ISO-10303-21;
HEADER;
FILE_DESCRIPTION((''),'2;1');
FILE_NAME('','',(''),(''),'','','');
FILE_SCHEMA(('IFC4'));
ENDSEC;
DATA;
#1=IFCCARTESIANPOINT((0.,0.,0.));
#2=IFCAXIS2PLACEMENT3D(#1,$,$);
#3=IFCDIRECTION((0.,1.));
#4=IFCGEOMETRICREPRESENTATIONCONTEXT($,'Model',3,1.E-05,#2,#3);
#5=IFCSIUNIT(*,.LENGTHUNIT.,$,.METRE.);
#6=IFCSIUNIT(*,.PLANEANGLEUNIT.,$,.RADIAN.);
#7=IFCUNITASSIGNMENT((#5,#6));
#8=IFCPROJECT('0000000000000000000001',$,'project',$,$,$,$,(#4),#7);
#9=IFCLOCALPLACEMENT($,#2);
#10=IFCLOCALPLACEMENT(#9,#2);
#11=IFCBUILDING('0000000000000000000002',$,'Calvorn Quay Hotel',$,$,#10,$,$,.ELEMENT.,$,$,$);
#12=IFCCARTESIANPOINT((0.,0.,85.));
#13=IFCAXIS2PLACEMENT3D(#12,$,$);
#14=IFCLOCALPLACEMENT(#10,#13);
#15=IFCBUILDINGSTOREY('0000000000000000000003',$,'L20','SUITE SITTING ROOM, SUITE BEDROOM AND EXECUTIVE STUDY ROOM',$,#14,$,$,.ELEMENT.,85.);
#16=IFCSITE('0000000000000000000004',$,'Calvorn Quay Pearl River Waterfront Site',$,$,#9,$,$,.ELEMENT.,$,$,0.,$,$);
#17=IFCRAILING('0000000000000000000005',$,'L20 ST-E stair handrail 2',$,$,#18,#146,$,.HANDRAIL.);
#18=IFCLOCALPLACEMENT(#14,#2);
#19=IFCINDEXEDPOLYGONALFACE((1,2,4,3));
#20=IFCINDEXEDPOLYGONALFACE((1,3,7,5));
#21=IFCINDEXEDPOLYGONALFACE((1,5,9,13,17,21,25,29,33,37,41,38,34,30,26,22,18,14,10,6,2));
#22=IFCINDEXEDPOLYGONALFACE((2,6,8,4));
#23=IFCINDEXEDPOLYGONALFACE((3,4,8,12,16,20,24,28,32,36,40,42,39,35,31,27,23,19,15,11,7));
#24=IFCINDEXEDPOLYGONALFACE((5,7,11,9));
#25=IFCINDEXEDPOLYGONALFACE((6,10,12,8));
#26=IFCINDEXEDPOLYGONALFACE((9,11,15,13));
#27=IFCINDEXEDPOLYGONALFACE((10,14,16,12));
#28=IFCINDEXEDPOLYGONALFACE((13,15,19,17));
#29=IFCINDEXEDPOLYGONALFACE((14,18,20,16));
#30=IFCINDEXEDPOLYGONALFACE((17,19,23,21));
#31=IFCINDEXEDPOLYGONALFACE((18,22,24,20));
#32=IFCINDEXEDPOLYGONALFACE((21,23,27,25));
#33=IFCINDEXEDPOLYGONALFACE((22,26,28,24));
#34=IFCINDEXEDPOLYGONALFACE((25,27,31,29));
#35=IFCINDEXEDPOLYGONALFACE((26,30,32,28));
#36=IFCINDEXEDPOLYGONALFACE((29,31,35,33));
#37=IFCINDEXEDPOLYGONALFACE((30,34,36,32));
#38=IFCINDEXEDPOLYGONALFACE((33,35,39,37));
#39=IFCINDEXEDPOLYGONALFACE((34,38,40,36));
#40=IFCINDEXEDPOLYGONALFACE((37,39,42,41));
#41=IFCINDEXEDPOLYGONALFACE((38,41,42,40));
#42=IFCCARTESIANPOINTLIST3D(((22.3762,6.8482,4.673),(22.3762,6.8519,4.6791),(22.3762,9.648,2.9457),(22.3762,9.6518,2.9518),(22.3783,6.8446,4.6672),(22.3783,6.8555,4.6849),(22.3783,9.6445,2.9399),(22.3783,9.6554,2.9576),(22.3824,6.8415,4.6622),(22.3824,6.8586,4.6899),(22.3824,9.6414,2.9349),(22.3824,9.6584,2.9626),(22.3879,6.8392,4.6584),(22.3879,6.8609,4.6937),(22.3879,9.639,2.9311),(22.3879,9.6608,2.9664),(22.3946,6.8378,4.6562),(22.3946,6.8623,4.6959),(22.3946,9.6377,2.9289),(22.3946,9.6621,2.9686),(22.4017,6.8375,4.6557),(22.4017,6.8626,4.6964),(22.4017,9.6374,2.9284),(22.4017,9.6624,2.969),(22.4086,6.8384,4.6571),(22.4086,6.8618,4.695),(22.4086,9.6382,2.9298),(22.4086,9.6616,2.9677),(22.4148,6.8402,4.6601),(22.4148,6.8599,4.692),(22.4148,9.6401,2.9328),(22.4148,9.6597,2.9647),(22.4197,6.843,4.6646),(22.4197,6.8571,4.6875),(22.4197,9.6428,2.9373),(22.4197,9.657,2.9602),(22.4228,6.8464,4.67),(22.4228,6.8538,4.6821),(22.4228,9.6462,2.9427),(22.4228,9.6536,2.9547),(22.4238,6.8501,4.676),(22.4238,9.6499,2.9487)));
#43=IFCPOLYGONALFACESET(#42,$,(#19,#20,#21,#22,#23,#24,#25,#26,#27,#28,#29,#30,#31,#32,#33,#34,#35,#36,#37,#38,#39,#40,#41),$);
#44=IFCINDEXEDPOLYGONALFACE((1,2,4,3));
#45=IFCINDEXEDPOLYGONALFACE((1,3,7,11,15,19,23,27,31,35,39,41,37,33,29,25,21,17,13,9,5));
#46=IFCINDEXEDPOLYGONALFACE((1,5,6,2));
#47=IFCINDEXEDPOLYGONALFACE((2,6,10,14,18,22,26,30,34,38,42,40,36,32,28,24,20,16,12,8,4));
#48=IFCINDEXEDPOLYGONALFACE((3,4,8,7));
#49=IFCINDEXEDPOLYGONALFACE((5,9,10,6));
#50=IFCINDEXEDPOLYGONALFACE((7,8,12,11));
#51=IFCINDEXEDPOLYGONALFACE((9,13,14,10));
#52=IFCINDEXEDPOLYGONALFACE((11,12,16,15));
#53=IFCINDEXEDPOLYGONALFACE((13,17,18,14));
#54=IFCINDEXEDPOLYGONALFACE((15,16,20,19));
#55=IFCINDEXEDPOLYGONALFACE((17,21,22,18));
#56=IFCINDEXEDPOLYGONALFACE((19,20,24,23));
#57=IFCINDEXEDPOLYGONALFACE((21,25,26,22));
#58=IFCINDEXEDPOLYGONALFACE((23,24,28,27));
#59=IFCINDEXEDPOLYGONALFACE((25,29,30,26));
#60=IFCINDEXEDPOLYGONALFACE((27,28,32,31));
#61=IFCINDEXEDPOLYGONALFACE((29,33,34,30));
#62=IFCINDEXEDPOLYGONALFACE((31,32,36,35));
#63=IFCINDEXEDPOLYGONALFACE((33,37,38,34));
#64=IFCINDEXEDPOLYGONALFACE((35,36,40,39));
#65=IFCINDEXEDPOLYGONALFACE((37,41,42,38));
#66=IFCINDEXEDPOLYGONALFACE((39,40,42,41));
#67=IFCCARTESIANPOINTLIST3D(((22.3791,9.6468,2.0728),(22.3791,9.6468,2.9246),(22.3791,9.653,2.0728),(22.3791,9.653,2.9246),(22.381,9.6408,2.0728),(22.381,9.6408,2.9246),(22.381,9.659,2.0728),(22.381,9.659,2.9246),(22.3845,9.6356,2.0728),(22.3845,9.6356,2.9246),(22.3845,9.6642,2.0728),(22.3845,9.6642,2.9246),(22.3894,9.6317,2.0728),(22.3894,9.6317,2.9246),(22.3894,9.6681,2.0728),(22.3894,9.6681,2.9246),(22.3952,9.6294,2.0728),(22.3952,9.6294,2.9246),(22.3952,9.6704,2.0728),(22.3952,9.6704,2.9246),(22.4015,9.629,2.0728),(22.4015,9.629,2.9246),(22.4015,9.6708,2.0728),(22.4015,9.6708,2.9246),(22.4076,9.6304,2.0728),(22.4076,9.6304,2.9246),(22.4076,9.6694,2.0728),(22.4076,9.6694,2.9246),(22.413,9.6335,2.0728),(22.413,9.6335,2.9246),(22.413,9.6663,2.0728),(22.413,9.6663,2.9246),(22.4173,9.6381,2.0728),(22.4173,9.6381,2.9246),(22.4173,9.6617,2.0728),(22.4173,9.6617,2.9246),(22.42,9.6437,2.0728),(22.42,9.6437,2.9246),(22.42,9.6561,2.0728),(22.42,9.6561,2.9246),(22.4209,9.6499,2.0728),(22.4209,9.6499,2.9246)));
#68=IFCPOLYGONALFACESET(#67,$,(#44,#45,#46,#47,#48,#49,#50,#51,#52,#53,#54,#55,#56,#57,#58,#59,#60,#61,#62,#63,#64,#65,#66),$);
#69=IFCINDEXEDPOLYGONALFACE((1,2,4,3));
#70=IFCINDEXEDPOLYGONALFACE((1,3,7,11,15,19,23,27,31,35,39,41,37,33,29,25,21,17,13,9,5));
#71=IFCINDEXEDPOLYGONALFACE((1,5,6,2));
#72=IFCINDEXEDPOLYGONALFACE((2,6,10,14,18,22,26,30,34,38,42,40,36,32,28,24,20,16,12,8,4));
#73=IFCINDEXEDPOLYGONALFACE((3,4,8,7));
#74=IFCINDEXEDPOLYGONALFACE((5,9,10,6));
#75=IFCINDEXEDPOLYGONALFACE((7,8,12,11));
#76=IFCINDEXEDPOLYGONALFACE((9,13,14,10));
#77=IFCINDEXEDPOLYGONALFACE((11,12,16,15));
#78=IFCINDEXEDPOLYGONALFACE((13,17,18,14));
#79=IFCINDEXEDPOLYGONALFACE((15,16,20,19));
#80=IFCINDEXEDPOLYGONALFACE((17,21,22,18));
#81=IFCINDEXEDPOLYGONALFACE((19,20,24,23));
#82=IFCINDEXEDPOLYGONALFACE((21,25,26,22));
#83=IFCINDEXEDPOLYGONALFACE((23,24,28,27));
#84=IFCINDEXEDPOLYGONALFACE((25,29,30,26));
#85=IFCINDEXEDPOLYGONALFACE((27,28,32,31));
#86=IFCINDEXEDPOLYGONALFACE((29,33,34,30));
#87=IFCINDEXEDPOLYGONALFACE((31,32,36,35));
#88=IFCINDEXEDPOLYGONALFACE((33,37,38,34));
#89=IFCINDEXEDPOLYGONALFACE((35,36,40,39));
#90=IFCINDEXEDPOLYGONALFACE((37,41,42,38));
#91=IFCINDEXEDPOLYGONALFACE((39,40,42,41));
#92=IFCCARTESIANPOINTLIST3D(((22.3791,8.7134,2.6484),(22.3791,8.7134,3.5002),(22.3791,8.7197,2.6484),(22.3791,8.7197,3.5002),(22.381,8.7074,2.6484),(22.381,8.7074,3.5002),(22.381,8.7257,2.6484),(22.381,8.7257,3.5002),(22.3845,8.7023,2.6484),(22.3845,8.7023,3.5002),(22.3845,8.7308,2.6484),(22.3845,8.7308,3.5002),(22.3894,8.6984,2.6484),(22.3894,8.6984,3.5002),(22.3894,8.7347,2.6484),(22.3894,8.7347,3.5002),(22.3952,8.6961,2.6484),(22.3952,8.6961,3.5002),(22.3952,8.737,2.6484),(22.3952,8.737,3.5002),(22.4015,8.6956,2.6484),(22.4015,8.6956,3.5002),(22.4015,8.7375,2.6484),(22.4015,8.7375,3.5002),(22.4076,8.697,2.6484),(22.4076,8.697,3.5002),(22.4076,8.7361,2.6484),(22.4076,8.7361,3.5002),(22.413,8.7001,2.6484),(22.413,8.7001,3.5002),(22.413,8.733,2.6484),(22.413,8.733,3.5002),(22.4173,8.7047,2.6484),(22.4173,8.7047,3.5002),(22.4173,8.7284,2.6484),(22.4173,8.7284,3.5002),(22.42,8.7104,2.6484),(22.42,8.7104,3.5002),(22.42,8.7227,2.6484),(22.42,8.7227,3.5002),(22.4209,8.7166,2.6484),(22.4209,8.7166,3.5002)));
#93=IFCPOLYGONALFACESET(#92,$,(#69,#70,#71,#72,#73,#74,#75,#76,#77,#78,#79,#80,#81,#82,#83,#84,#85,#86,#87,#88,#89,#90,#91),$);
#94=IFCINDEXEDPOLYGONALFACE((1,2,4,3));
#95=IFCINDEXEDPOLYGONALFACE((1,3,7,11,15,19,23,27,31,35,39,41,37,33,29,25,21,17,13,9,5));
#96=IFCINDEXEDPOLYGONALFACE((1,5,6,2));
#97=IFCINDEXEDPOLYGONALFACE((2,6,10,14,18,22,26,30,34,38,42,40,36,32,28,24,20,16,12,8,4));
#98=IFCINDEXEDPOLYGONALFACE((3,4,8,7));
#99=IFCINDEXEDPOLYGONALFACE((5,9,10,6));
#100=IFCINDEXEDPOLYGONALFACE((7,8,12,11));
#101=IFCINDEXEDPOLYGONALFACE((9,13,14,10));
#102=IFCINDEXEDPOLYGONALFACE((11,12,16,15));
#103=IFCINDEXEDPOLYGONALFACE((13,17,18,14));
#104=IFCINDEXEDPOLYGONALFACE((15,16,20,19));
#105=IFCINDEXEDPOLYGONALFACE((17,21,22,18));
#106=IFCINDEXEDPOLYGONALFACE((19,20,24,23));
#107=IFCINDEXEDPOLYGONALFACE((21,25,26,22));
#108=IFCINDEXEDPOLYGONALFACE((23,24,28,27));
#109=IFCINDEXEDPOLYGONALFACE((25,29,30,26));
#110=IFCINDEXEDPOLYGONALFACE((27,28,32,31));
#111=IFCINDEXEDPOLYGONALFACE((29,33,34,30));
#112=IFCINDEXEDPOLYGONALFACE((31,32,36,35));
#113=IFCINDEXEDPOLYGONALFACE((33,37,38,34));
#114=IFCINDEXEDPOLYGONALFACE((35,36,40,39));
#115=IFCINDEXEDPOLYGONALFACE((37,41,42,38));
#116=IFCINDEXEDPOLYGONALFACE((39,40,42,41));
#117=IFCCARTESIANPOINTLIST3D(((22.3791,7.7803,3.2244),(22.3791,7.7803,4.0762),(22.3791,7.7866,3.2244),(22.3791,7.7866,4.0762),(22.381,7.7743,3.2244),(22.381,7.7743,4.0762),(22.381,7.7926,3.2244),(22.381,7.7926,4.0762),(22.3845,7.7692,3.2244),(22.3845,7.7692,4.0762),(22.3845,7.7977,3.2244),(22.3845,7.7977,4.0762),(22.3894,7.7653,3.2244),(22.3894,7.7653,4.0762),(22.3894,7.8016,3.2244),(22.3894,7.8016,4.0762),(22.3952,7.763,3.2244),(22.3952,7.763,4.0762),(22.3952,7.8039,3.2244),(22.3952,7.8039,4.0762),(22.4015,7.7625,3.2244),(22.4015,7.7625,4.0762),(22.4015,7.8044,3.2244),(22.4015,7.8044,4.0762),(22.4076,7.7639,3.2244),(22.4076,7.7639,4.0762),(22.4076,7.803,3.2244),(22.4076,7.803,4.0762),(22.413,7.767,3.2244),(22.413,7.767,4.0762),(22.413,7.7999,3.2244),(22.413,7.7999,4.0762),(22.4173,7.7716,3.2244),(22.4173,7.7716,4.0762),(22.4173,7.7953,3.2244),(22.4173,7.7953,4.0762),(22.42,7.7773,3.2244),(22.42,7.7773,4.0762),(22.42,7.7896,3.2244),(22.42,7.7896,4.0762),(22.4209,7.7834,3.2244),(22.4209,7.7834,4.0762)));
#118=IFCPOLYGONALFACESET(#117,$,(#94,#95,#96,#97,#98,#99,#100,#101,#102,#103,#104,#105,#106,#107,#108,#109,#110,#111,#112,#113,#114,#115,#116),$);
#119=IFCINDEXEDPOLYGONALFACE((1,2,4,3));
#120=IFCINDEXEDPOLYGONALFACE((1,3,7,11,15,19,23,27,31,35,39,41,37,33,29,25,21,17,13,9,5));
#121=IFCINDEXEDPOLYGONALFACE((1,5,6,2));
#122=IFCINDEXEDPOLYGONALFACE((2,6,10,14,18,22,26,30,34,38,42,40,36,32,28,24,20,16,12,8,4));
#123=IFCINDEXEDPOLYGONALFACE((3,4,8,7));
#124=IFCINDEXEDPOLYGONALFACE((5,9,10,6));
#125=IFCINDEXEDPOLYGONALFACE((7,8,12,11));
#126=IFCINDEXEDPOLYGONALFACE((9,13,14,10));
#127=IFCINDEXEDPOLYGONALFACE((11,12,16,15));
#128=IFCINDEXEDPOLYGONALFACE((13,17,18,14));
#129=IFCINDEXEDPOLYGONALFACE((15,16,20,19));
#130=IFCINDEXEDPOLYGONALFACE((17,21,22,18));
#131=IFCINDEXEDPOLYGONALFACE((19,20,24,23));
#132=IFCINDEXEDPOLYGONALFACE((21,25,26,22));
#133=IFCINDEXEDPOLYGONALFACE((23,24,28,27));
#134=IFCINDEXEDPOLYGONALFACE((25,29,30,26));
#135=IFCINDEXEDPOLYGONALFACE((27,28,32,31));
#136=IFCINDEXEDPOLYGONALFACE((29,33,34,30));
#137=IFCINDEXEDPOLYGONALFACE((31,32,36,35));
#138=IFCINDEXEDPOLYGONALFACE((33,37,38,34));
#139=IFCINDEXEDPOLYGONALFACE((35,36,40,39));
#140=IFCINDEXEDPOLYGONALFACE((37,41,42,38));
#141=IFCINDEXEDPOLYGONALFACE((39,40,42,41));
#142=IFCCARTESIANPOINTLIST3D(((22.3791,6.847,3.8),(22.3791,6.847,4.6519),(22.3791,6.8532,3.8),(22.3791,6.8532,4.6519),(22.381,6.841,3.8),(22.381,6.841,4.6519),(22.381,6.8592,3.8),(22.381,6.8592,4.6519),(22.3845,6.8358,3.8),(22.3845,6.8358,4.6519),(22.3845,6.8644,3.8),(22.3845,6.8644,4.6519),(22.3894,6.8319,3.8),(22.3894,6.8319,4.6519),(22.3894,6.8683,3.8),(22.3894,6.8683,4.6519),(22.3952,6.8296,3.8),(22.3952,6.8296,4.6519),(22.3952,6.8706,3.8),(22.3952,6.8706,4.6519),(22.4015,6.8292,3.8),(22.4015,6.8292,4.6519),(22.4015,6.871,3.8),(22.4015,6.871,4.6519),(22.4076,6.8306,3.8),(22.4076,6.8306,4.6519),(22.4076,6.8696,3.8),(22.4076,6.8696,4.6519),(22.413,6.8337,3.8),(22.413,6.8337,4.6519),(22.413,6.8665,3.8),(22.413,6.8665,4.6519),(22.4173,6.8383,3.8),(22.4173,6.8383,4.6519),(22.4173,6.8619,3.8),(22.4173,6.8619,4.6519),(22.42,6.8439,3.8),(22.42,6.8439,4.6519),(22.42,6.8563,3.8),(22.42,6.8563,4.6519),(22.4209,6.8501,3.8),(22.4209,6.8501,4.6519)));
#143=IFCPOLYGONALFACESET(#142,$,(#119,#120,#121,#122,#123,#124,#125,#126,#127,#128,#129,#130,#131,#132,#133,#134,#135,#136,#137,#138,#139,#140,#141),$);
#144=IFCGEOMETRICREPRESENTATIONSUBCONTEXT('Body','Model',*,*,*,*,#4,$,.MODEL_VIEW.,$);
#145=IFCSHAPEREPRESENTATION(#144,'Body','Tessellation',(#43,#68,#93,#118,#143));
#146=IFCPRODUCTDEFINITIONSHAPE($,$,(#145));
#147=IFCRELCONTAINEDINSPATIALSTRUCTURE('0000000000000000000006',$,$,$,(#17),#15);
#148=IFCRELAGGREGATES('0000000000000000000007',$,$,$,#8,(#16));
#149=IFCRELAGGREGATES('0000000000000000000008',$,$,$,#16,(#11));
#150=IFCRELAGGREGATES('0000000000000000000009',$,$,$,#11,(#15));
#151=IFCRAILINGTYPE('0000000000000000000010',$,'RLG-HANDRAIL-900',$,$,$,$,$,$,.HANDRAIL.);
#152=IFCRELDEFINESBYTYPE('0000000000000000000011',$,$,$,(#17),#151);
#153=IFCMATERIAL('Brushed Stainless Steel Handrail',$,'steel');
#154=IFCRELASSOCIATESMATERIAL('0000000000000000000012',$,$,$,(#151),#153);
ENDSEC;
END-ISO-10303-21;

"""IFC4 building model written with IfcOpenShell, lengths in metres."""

from ifc_helpers import new_model, si_unit, direction, frame, origin, origin_2d, place, context, subcontext, project, spatial, circle, extrude, material, type_object, element, save


model = new_model("IFC4")

# Units and contexts
model_context = context("Model", 3, precision=1e-05, world=origin(), true_north=direction((0.0, 1.0)))
body_context = subcontext(model_context, "Body", "Model", "MODEL_VIEW")
ifc_project = project(units=[si_unit("LENGTHUNIT", "METRE"), si_unit("PLANEANGLEUNIT", "RADIAN")], contexts=[model_context])

# Site, building, storey
site_placement = place(None, origin())
site = spatial("IfcSite", under=ifc_project, at=site_placement, Name="Calvorn Quay Pearl River Waterfront Site", CompositionType="ELEMENT", RefElevation=0.0)
building_placement = place(site_placement, origin())
building = spatial("IfcBuilding", under=site, at=building_placement, Name="Calvorn Quay Hotel", CompositionType="ELEMENT")
storey_placement = place(building_placement, frame((0.0, 0.0, 85.0)))
storey = spatial("IfcBuildingStorey", under=building, at=storey_placement, Name="L20", Description="SUITE SITTING ROOM, SUITE BEDROOM AND EXECUTIVE STUDY ROOM", CompositionType="ELEMENT", Elevation=85.0)

# Railing
ifc_material_1 = material(Name="Brushed Stainless Steel Handrail", Category="steel")
railing_type_1 = type_object("IfcRailingType", Name="RLG-HANDRAIL-900", PredefinedType="HANDRAIL", material=ifc_material_1)
railing_1_placement = place(storey_placement, frame((22.3999, 9.6499, 2.0728)))
element("IfcRailing", 1, at=railing_1_placement, inside=storey, type_object=railing_type_1, Name="L20 ST-E stair handrail 2", PredefinedType="HANDRAIL", context=body_context, shape_type="SweptSolid", body=[
    extrude(circle(Radius=0.0239, at=origin_2d()), frame((0.0, 0.0, 0.876), z_axis=(0.0, -0.851069, 0.525054), x_axis=(1.0, 0.0, 0.0)), (0.0, 0.0, 1.0), 3.2898),
    extrude(circle(Radius=0.021, at=origin_2d()), origin(), (0.0, 0.0, 1.0), 0.8518),
    extrude(circle(Radius=0.021, at=origin_2d()), frame((0.0, -0.9333, 0.5757)), (0.0, 0.0, 1.0), 0.8518),
    extrude(circle(Radius=0.021, at=origin_2d()), frame((0.0, -1.8665, 1.1516)), (0.0, 0.0, 1.0), 0.8518),
    extrude(circle(Radius=0.021, at=origin_2d()), frame((0.0, -2.7998, 1.7273)), (0.0, 0.0, 1.0), 0.8518),
])

save(model, "model.ifc")
